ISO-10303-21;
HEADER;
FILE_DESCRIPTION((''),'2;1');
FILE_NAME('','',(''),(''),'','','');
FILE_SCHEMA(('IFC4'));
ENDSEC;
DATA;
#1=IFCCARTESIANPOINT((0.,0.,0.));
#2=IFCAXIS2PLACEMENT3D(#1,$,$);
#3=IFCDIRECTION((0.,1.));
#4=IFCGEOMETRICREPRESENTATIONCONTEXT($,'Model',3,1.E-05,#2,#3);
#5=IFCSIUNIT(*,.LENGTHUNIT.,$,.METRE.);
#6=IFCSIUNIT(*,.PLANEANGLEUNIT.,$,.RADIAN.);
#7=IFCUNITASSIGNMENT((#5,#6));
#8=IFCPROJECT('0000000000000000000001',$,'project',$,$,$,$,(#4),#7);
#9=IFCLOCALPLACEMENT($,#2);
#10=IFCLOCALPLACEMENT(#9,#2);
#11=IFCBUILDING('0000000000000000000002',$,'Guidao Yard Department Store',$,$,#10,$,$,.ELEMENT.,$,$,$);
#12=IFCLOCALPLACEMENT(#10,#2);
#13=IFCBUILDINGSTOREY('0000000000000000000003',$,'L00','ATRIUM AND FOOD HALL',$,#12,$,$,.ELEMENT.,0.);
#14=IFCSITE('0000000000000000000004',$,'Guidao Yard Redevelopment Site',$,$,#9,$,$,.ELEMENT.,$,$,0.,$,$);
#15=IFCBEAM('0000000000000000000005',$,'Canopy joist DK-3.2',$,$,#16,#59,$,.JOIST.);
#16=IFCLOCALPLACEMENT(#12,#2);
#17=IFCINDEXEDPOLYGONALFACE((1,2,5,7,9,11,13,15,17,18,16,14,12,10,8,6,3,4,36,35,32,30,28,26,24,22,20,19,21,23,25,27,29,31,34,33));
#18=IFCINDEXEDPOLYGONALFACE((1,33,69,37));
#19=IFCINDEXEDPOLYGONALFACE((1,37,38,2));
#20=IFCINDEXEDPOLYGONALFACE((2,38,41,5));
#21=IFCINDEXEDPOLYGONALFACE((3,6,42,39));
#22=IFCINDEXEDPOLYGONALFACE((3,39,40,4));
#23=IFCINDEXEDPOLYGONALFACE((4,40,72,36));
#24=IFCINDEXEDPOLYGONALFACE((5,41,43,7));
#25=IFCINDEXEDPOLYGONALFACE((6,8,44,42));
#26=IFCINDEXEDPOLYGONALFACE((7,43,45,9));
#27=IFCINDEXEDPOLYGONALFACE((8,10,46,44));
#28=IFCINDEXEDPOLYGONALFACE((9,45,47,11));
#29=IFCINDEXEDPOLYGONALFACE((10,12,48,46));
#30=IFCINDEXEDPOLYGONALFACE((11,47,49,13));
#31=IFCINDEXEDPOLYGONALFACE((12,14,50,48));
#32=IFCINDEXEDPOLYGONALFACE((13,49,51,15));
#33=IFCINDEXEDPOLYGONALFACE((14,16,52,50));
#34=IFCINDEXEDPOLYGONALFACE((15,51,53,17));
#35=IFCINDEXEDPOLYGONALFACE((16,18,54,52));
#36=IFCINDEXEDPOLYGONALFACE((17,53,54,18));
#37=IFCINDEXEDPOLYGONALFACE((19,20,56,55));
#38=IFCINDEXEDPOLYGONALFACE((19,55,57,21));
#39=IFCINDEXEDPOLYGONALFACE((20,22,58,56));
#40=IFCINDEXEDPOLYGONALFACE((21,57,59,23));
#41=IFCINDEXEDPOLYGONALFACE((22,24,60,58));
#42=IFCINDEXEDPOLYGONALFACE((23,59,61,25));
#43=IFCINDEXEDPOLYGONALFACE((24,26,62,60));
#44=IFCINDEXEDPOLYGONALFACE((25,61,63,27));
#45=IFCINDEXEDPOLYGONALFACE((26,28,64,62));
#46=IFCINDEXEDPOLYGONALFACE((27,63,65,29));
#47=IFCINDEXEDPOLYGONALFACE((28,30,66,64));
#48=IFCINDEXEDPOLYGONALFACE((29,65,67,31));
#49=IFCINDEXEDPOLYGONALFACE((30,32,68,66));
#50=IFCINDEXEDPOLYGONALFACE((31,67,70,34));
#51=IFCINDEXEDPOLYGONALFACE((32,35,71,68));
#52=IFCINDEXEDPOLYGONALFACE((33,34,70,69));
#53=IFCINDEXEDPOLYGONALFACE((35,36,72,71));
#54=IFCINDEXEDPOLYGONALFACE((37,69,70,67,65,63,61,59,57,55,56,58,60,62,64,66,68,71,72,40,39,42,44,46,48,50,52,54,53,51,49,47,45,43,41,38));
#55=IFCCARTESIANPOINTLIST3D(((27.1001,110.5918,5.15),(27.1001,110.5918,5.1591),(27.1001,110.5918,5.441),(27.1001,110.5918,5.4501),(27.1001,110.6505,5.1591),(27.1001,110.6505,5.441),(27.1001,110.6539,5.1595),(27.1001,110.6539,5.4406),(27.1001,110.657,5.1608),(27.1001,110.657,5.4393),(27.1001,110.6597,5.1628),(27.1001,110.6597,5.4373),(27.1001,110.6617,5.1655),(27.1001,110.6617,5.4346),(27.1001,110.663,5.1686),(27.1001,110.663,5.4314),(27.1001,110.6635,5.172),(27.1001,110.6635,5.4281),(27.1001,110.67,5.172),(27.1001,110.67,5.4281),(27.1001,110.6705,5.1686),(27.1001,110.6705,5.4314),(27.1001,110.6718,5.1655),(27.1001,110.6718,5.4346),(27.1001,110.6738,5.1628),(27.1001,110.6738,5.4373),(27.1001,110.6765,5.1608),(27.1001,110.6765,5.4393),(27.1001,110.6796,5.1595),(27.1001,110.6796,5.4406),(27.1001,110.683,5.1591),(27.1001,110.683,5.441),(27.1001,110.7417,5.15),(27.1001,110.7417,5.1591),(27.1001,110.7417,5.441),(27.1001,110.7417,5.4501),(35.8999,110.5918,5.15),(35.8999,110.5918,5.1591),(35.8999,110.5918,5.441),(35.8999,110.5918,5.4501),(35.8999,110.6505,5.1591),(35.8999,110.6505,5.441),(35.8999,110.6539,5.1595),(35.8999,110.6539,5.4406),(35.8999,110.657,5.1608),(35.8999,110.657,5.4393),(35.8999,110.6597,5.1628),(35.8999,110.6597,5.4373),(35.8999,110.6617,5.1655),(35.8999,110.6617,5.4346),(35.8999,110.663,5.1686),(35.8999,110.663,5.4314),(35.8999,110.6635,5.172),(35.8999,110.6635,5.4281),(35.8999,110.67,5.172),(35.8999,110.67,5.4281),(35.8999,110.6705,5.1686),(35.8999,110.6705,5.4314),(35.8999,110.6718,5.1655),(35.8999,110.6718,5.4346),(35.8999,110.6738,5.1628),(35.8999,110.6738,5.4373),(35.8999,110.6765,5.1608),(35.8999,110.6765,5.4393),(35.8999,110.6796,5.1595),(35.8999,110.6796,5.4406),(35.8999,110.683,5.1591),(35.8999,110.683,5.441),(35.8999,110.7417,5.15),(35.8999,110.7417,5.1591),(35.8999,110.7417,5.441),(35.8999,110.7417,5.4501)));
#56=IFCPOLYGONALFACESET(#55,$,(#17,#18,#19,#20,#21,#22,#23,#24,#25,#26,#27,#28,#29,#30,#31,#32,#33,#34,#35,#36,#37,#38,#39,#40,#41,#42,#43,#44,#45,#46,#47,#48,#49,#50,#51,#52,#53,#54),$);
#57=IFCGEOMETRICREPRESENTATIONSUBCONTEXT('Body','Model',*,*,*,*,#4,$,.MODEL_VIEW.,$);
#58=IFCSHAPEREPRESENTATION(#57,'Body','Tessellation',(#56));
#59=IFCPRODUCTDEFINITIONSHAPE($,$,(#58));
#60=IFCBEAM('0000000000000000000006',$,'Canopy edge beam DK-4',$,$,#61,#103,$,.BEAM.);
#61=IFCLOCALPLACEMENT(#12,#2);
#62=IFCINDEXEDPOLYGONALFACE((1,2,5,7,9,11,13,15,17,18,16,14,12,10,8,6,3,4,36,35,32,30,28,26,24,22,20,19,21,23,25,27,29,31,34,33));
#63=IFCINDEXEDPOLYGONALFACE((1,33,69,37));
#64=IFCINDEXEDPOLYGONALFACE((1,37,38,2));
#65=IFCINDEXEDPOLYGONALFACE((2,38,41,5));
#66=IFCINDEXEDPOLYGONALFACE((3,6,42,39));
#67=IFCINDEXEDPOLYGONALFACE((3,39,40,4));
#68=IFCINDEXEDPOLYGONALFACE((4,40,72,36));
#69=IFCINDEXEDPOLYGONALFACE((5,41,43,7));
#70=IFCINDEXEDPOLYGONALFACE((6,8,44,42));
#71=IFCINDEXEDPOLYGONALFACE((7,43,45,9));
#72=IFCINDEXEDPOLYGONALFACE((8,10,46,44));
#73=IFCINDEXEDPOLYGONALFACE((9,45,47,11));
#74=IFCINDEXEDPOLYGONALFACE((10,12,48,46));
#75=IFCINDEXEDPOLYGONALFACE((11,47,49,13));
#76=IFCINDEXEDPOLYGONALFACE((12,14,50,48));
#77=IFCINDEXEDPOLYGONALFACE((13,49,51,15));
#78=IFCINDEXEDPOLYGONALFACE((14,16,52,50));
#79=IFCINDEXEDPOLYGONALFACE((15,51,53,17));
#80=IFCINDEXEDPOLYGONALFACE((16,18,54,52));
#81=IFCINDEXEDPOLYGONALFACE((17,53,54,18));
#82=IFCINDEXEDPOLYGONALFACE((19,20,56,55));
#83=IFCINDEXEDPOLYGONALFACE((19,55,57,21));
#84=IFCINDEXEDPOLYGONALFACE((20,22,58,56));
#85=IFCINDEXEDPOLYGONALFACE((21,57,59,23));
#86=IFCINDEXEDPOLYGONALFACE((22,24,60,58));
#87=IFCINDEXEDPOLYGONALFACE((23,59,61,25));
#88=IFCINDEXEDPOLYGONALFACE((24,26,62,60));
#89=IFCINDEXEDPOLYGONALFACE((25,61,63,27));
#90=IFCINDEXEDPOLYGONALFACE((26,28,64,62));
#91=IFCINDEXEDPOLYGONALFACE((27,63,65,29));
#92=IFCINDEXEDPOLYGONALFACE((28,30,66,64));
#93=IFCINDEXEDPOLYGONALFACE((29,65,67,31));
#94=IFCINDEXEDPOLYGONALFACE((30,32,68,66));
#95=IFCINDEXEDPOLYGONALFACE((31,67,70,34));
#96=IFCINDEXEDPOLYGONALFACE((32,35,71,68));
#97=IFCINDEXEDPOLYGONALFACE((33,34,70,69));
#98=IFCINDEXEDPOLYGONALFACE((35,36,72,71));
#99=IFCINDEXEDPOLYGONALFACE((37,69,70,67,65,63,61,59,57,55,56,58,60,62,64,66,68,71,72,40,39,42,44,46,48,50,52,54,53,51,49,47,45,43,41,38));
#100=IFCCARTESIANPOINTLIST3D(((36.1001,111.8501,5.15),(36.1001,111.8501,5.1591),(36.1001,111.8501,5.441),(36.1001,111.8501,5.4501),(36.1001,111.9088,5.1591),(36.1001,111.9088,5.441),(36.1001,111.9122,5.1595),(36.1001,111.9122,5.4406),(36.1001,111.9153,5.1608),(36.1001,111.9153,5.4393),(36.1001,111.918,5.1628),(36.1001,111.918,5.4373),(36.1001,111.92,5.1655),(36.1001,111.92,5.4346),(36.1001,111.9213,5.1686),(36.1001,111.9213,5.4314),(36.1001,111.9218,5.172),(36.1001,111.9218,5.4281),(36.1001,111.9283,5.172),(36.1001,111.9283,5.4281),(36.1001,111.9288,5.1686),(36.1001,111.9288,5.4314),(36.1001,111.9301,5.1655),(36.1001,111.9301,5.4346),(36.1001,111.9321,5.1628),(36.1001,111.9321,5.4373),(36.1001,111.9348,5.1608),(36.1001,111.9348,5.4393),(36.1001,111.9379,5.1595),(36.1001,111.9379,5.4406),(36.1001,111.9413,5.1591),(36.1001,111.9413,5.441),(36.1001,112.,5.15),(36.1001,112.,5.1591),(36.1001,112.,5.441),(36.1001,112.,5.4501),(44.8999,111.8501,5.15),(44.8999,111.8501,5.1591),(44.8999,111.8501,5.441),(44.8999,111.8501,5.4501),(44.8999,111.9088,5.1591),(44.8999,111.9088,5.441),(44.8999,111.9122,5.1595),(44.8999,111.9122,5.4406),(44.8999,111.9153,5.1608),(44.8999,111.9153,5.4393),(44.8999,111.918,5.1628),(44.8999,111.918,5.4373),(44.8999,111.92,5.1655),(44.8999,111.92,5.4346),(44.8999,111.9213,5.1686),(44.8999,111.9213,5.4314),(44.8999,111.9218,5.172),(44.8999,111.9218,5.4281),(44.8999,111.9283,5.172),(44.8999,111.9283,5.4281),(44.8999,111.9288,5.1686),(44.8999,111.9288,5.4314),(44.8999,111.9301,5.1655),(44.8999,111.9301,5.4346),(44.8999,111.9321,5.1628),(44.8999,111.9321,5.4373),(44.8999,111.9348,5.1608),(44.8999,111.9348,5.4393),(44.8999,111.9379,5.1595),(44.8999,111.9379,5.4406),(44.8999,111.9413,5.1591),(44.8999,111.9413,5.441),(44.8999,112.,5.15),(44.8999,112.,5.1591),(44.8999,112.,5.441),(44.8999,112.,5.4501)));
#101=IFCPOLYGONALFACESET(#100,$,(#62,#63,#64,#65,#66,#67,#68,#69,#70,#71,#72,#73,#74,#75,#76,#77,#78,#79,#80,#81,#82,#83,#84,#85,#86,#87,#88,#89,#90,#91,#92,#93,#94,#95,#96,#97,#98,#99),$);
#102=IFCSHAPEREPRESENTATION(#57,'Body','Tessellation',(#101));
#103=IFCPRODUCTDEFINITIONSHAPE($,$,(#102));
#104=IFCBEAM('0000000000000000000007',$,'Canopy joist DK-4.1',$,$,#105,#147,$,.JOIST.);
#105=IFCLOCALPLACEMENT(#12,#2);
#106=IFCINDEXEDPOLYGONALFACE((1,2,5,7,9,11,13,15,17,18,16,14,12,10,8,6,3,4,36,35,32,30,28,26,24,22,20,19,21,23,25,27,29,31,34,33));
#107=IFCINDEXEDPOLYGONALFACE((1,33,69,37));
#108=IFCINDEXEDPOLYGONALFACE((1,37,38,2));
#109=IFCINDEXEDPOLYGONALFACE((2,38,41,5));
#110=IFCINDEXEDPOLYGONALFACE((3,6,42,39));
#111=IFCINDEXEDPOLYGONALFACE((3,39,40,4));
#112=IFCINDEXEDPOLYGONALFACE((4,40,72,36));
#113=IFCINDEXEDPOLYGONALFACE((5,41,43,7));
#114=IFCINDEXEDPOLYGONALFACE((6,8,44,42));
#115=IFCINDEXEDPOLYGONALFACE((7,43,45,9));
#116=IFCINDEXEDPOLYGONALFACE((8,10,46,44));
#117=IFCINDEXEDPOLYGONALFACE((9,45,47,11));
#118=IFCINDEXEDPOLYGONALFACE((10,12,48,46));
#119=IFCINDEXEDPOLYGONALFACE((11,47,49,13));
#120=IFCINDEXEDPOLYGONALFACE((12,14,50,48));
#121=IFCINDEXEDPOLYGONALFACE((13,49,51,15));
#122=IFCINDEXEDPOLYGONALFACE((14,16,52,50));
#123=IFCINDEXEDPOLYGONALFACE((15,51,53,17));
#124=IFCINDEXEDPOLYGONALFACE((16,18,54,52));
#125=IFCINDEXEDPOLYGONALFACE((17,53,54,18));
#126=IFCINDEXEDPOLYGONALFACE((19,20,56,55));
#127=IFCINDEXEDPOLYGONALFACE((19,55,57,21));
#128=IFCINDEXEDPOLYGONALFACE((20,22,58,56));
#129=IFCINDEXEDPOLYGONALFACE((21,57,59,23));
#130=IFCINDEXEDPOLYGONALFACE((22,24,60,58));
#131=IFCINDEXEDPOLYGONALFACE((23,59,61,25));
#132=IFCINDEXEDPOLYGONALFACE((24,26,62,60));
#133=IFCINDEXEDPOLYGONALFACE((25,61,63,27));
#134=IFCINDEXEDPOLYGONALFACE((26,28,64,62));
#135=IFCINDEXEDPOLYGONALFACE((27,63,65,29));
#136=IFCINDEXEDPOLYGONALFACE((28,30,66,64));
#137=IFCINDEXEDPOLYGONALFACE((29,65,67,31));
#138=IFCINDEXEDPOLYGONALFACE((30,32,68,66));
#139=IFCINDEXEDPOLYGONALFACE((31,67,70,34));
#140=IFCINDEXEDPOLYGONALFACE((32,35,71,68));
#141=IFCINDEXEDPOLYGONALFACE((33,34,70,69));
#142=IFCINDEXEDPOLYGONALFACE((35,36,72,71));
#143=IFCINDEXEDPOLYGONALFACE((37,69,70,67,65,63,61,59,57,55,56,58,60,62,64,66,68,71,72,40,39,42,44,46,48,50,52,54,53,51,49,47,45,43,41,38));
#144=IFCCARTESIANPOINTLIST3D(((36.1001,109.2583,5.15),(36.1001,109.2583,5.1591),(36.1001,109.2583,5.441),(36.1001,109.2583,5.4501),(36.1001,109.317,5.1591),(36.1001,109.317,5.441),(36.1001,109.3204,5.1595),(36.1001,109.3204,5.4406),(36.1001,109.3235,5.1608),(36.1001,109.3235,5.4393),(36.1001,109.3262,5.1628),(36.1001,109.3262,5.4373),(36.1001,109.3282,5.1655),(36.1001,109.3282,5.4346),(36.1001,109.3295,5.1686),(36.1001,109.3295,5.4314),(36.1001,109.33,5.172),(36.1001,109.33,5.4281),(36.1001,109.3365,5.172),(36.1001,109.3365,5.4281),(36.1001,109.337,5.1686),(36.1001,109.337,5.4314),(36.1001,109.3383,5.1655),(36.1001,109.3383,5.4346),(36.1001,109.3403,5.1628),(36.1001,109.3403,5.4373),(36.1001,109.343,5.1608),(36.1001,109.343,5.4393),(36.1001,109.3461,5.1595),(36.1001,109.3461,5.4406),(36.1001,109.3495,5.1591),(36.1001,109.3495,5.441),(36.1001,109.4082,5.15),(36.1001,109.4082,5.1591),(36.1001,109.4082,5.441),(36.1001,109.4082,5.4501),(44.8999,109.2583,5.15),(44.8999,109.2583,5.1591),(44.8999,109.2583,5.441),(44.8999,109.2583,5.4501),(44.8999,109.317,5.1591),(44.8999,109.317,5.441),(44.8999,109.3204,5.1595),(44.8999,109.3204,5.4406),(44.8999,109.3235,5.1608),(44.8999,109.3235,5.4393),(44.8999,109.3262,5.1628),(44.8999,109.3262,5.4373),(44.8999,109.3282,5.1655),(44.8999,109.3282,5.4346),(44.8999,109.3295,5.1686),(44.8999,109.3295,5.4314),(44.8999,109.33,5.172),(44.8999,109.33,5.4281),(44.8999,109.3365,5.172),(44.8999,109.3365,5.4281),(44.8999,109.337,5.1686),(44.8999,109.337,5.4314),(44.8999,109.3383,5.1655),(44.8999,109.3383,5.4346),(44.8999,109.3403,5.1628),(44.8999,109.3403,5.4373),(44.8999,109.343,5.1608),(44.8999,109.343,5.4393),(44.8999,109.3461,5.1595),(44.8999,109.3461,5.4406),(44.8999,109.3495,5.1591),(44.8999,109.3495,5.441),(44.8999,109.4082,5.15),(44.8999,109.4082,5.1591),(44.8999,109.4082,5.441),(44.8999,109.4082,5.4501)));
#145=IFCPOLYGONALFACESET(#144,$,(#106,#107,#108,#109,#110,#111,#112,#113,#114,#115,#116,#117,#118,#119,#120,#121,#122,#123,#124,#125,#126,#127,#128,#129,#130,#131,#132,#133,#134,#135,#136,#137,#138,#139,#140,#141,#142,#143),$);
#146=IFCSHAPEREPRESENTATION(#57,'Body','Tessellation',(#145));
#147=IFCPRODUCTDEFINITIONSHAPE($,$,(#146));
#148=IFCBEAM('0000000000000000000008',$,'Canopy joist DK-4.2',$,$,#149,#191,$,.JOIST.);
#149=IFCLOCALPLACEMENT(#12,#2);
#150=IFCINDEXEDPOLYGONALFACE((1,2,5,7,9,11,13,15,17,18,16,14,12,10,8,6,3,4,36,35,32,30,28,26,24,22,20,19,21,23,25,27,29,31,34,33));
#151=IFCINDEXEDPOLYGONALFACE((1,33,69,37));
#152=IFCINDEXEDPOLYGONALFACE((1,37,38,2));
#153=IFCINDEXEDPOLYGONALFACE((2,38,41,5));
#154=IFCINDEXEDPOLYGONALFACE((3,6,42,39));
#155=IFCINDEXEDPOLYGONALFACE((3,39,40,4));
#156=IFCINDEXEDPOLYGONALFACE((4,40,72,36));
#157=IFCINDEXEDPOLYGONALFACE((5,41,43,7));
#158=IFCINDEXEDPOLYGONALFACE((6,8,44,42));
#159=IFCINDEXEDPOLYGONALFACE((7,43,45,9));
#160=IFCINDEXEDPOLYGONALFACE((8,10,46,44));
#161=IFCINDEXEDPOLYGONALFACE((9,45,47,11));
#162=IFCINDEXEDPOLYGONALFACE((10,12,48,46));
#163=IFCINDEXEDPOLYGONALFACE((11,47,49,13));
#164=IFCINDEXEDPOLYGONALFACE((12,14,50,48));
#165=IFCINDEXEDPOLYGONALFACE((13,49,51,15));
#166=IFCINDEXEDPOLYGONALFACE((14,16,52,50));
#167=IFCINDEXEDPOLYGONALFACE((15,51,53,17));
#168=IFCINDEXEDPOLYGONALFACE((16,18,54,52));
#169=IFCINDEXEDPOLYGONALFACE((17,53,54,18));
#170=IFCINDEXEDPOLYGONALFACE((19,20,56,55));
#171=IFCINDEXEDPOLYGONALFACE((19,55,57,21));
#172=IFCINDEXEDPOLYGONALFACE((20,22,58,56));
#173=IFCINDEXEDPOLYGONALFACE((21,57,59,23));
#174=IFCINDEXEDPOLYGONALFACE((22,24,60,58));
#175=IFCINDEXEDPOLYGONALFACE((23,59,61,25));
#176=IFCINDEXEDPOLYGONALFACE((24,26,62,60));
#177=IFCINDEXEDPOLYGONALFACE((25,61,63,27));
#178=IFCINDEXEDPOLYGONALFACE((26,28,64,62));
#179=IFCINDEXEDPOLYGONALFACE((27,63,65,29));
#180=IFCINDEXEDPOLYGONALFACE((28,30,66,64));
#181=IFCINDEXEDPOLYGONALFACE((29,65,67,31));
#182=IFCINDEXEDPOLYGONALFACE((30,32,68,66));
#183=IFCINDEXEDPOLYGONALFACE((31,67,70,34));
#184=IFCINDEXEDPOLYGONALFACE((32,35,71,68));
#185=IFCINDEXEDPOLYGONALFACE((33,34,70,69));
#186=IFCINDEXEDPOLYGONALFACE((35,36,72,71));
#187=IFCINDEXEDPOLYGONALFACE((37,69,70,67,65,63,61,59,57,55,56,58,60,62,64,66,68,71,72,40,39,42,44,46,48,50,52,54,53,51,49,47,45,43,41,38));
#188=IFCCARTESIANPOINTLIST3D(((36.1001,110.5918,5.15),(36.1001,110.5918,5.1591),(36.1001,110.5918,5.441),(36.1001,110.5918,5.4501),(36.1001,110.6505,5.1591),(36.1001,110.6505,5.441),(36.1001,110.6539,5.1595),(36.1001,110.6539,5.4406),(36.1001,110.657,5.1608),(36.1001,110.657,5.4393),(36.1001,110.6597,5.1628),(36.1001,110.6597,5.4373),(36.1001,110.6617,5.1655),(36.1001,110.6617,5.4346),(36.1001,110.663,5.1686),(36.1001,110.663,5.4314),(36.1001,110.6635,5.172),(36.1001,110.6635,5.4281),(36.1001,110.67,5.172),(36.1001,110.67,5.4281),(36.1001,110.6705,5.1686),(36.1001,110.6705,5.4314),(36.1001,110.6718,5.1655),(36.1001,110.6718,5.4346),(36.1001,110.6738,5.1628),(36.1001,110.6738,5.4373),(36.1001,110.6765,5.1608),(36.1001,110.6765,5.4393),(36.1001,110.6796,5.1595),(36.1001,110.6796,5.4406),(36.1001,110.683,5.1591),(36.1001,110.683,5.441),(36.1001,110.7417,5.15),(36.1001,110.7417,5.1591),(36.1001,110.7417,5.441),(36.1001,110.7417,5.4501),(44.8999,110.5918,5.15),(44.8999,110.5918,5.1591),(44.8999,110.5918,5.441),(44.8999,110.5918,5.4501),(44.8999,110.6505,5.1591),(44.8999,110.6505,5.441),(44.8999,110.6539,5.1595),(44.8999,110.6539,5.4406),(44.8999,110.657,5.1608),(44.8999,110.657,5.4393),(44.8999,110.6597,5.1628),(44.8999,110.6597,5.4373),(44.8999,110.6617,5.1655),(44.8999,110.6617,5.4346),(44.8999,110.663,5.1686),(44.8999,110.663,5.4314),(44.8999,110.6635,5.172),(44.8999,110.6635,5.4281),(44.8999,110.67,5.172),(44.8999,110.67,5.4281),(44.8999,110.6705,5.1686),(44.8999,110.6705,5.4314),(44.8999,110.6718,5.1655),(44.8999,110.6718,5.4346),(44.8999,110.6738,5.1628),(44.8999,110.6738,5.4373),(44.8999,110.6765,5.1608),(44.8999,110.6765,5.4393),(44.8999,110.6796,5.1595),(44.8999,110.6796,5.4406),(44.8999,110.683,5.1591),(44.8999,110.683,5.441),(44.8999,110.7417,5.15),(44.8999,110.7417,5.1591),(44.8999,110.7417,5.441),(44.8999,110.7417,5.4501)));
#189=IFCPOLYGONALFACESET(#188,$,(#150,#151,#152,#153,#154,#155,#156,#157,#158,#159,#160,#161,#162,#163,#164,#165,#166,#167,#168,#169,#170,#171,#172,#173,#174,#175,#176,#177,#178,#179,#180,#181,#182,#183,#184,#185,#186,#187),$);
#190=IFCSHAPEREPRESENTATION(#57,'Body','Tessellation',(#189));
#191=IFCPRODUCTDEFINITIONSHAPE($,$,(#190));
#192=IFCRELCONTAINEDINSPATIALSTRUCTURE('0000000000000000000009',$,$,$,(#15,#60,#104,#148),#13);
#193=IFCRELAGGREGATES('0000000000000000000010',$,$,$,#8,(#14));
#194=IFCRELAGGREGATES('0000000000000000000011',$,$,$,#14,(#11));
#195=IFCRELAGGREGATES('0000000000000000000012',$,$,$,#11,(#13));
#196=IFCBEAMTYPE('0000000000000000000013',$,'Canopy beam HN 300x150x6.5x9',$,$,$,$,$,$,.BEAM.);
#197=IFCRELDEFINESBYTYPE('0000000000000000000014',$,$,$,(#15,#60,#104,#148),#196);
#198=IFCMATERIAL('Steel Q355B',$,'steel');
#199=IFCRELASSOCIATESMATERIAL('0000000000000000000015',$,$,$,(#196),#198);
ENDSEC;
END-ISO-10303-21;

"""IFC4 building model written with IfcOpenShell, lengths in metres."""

from ifc_helpers import new_model, si_unit, direction, frame, origin, origin_2d, place, context, subcontext, project, spatial, i_section, extrude, material, material_profile, profile_set, type_object, element, save


model = new_model("IFC4")

# Units and contexts
model_context = context("Model", 3, precision=1e-05, world=origin(), true_north=direction((0.0, 1.0)))
body_context = subcontext(model_context, "Body", "Model", "MODEL_VIEW")
ifc_project = project(units=[si_unit("LENGTHUNIT", "METRE"), si_unit("PLANEANGLEUNIT", "RADIAN")], contexts=[model_context])

# Site, building, storey
site_placement = place(None, origin())
site = spatial("IfcSite", under=ifc_project, at=site_placement, Name="Guidao Yard Redevelopment Site", CompositionType="ELEMENT", RefElevation=0.0)
building_placement = place(site_placement, origin())
building = spatial("IfcBuilding", under=site, at=building_placement, Name="Guidao Yard Department Store", CompositionType="ELEMENT")
storey_placement = place(building_placement, origin())
storey = spatial("IfcBuildingStorey", under=building, at=storey_placement, Name="L00", Description="ATRIUM AND FOOD HALL", CompositionType="ELEMENT", Elevation=0.0)

# Beams
ifc_material_1 = material(Name="Steel Q355B", Category="steel")
ifc_material_profile_1 = material_profile(ifc_material_1, i_section(OverallWidth=0.1499, OverallDepth=0.3, WebThickness=0.0066, FlangeThickness=0.009, FilletRadius=0.0129, at=origin_2d()), Name="HN 300x150x6.5x9")
ifc_profile_set_1 = profile_set([ifc_material_profile_1], Name="Steel Q355B")
beam_type_1 = type_object("IfcBeamType", Name="Canopy beam HN 300x150x6.5x9", PredefinedType="BEAM", material=ifc_profile_set_1)
for number, where, z_axis, x_axis, name in (
    (1, (27.1001, 110.6667, 5.3), (1.0, 0.0, 0.0), (0.0, 1.0, 0.0), "Canopy joist DK-3.2"),
):
    element("IfcBeam", number, at=place(storey_placement, frame(where, z_axis=z_axis, x_axis=x_axis)), inside=storey, type_object=beam_type_1, Name=name, PredefinedType="JOIST", context=body_context, shape_type="SweptSolid", body=[
        extrude(i_section(OverallWidth=0.1499, OverallDepth=0.3, WebThickness=0.0066, FlangeThickness=0.009, FilletRadius=0.0129, at=origin_2d()), origin(), (0.0, 0.0, 1.0), 8.7998),
    ])
beam_placement = place(storey_placement, frame((36.1001, 111.925, 5.3), z_axis=(1.0, 0.0, 0.0), x_axis=(0.0, 1.0, 0.0)))
element("IfcBeam", 2, at=beam_placement, inside=storey, type_object=beam_type_1, Name="Canopy edge beam DK-4", PredefinedType="BEAM", context=body_context, shape_type="SweptSolid", body=[
    extrude(i_section(OverallWidth=0.1499, OverallDepth=0.3, WebThickness=0.0066, FlangeThickness=0.009, FilletRadius=0.0129, at=origin_2d()), origin(), (0.0, 0.0, 1.0), 8.7998),
])
for number, where, z_axis, x_axis, name in (
    (3, (36.1001, 109.3333, 5.3), (1.0, 0.0, 0.0), (0.0, 1.0, 0.0), "Canopy joist DK-4.1"),
    (4, (36.1001, 110.6667, 5.3), (1.0, 0.0, 0.0), (0.0, 1.0, 0.0), "Canopy joist DK-4.2"),
):
    element("IfcBeam", number, at=place(storey_placement, frame(where, z_axis=z_axis, x_axis=x_axis)), inside=storey, type_object=beam_type_1, Name=name, PredefinedType="JOIST", context=body_context, shape_type="SweptSolid", body=[
        extrude(i_section(OverallWidth=0.1499, OverallDepth=0.3, WebThickness=0.0066, FlangeThickness=0.009, FilletRadius=0.0129, at=origin_2d()), origin(), (0.0, 0.0, 1.0), 8.7998),
    ])

save(model, "model.ifc")
